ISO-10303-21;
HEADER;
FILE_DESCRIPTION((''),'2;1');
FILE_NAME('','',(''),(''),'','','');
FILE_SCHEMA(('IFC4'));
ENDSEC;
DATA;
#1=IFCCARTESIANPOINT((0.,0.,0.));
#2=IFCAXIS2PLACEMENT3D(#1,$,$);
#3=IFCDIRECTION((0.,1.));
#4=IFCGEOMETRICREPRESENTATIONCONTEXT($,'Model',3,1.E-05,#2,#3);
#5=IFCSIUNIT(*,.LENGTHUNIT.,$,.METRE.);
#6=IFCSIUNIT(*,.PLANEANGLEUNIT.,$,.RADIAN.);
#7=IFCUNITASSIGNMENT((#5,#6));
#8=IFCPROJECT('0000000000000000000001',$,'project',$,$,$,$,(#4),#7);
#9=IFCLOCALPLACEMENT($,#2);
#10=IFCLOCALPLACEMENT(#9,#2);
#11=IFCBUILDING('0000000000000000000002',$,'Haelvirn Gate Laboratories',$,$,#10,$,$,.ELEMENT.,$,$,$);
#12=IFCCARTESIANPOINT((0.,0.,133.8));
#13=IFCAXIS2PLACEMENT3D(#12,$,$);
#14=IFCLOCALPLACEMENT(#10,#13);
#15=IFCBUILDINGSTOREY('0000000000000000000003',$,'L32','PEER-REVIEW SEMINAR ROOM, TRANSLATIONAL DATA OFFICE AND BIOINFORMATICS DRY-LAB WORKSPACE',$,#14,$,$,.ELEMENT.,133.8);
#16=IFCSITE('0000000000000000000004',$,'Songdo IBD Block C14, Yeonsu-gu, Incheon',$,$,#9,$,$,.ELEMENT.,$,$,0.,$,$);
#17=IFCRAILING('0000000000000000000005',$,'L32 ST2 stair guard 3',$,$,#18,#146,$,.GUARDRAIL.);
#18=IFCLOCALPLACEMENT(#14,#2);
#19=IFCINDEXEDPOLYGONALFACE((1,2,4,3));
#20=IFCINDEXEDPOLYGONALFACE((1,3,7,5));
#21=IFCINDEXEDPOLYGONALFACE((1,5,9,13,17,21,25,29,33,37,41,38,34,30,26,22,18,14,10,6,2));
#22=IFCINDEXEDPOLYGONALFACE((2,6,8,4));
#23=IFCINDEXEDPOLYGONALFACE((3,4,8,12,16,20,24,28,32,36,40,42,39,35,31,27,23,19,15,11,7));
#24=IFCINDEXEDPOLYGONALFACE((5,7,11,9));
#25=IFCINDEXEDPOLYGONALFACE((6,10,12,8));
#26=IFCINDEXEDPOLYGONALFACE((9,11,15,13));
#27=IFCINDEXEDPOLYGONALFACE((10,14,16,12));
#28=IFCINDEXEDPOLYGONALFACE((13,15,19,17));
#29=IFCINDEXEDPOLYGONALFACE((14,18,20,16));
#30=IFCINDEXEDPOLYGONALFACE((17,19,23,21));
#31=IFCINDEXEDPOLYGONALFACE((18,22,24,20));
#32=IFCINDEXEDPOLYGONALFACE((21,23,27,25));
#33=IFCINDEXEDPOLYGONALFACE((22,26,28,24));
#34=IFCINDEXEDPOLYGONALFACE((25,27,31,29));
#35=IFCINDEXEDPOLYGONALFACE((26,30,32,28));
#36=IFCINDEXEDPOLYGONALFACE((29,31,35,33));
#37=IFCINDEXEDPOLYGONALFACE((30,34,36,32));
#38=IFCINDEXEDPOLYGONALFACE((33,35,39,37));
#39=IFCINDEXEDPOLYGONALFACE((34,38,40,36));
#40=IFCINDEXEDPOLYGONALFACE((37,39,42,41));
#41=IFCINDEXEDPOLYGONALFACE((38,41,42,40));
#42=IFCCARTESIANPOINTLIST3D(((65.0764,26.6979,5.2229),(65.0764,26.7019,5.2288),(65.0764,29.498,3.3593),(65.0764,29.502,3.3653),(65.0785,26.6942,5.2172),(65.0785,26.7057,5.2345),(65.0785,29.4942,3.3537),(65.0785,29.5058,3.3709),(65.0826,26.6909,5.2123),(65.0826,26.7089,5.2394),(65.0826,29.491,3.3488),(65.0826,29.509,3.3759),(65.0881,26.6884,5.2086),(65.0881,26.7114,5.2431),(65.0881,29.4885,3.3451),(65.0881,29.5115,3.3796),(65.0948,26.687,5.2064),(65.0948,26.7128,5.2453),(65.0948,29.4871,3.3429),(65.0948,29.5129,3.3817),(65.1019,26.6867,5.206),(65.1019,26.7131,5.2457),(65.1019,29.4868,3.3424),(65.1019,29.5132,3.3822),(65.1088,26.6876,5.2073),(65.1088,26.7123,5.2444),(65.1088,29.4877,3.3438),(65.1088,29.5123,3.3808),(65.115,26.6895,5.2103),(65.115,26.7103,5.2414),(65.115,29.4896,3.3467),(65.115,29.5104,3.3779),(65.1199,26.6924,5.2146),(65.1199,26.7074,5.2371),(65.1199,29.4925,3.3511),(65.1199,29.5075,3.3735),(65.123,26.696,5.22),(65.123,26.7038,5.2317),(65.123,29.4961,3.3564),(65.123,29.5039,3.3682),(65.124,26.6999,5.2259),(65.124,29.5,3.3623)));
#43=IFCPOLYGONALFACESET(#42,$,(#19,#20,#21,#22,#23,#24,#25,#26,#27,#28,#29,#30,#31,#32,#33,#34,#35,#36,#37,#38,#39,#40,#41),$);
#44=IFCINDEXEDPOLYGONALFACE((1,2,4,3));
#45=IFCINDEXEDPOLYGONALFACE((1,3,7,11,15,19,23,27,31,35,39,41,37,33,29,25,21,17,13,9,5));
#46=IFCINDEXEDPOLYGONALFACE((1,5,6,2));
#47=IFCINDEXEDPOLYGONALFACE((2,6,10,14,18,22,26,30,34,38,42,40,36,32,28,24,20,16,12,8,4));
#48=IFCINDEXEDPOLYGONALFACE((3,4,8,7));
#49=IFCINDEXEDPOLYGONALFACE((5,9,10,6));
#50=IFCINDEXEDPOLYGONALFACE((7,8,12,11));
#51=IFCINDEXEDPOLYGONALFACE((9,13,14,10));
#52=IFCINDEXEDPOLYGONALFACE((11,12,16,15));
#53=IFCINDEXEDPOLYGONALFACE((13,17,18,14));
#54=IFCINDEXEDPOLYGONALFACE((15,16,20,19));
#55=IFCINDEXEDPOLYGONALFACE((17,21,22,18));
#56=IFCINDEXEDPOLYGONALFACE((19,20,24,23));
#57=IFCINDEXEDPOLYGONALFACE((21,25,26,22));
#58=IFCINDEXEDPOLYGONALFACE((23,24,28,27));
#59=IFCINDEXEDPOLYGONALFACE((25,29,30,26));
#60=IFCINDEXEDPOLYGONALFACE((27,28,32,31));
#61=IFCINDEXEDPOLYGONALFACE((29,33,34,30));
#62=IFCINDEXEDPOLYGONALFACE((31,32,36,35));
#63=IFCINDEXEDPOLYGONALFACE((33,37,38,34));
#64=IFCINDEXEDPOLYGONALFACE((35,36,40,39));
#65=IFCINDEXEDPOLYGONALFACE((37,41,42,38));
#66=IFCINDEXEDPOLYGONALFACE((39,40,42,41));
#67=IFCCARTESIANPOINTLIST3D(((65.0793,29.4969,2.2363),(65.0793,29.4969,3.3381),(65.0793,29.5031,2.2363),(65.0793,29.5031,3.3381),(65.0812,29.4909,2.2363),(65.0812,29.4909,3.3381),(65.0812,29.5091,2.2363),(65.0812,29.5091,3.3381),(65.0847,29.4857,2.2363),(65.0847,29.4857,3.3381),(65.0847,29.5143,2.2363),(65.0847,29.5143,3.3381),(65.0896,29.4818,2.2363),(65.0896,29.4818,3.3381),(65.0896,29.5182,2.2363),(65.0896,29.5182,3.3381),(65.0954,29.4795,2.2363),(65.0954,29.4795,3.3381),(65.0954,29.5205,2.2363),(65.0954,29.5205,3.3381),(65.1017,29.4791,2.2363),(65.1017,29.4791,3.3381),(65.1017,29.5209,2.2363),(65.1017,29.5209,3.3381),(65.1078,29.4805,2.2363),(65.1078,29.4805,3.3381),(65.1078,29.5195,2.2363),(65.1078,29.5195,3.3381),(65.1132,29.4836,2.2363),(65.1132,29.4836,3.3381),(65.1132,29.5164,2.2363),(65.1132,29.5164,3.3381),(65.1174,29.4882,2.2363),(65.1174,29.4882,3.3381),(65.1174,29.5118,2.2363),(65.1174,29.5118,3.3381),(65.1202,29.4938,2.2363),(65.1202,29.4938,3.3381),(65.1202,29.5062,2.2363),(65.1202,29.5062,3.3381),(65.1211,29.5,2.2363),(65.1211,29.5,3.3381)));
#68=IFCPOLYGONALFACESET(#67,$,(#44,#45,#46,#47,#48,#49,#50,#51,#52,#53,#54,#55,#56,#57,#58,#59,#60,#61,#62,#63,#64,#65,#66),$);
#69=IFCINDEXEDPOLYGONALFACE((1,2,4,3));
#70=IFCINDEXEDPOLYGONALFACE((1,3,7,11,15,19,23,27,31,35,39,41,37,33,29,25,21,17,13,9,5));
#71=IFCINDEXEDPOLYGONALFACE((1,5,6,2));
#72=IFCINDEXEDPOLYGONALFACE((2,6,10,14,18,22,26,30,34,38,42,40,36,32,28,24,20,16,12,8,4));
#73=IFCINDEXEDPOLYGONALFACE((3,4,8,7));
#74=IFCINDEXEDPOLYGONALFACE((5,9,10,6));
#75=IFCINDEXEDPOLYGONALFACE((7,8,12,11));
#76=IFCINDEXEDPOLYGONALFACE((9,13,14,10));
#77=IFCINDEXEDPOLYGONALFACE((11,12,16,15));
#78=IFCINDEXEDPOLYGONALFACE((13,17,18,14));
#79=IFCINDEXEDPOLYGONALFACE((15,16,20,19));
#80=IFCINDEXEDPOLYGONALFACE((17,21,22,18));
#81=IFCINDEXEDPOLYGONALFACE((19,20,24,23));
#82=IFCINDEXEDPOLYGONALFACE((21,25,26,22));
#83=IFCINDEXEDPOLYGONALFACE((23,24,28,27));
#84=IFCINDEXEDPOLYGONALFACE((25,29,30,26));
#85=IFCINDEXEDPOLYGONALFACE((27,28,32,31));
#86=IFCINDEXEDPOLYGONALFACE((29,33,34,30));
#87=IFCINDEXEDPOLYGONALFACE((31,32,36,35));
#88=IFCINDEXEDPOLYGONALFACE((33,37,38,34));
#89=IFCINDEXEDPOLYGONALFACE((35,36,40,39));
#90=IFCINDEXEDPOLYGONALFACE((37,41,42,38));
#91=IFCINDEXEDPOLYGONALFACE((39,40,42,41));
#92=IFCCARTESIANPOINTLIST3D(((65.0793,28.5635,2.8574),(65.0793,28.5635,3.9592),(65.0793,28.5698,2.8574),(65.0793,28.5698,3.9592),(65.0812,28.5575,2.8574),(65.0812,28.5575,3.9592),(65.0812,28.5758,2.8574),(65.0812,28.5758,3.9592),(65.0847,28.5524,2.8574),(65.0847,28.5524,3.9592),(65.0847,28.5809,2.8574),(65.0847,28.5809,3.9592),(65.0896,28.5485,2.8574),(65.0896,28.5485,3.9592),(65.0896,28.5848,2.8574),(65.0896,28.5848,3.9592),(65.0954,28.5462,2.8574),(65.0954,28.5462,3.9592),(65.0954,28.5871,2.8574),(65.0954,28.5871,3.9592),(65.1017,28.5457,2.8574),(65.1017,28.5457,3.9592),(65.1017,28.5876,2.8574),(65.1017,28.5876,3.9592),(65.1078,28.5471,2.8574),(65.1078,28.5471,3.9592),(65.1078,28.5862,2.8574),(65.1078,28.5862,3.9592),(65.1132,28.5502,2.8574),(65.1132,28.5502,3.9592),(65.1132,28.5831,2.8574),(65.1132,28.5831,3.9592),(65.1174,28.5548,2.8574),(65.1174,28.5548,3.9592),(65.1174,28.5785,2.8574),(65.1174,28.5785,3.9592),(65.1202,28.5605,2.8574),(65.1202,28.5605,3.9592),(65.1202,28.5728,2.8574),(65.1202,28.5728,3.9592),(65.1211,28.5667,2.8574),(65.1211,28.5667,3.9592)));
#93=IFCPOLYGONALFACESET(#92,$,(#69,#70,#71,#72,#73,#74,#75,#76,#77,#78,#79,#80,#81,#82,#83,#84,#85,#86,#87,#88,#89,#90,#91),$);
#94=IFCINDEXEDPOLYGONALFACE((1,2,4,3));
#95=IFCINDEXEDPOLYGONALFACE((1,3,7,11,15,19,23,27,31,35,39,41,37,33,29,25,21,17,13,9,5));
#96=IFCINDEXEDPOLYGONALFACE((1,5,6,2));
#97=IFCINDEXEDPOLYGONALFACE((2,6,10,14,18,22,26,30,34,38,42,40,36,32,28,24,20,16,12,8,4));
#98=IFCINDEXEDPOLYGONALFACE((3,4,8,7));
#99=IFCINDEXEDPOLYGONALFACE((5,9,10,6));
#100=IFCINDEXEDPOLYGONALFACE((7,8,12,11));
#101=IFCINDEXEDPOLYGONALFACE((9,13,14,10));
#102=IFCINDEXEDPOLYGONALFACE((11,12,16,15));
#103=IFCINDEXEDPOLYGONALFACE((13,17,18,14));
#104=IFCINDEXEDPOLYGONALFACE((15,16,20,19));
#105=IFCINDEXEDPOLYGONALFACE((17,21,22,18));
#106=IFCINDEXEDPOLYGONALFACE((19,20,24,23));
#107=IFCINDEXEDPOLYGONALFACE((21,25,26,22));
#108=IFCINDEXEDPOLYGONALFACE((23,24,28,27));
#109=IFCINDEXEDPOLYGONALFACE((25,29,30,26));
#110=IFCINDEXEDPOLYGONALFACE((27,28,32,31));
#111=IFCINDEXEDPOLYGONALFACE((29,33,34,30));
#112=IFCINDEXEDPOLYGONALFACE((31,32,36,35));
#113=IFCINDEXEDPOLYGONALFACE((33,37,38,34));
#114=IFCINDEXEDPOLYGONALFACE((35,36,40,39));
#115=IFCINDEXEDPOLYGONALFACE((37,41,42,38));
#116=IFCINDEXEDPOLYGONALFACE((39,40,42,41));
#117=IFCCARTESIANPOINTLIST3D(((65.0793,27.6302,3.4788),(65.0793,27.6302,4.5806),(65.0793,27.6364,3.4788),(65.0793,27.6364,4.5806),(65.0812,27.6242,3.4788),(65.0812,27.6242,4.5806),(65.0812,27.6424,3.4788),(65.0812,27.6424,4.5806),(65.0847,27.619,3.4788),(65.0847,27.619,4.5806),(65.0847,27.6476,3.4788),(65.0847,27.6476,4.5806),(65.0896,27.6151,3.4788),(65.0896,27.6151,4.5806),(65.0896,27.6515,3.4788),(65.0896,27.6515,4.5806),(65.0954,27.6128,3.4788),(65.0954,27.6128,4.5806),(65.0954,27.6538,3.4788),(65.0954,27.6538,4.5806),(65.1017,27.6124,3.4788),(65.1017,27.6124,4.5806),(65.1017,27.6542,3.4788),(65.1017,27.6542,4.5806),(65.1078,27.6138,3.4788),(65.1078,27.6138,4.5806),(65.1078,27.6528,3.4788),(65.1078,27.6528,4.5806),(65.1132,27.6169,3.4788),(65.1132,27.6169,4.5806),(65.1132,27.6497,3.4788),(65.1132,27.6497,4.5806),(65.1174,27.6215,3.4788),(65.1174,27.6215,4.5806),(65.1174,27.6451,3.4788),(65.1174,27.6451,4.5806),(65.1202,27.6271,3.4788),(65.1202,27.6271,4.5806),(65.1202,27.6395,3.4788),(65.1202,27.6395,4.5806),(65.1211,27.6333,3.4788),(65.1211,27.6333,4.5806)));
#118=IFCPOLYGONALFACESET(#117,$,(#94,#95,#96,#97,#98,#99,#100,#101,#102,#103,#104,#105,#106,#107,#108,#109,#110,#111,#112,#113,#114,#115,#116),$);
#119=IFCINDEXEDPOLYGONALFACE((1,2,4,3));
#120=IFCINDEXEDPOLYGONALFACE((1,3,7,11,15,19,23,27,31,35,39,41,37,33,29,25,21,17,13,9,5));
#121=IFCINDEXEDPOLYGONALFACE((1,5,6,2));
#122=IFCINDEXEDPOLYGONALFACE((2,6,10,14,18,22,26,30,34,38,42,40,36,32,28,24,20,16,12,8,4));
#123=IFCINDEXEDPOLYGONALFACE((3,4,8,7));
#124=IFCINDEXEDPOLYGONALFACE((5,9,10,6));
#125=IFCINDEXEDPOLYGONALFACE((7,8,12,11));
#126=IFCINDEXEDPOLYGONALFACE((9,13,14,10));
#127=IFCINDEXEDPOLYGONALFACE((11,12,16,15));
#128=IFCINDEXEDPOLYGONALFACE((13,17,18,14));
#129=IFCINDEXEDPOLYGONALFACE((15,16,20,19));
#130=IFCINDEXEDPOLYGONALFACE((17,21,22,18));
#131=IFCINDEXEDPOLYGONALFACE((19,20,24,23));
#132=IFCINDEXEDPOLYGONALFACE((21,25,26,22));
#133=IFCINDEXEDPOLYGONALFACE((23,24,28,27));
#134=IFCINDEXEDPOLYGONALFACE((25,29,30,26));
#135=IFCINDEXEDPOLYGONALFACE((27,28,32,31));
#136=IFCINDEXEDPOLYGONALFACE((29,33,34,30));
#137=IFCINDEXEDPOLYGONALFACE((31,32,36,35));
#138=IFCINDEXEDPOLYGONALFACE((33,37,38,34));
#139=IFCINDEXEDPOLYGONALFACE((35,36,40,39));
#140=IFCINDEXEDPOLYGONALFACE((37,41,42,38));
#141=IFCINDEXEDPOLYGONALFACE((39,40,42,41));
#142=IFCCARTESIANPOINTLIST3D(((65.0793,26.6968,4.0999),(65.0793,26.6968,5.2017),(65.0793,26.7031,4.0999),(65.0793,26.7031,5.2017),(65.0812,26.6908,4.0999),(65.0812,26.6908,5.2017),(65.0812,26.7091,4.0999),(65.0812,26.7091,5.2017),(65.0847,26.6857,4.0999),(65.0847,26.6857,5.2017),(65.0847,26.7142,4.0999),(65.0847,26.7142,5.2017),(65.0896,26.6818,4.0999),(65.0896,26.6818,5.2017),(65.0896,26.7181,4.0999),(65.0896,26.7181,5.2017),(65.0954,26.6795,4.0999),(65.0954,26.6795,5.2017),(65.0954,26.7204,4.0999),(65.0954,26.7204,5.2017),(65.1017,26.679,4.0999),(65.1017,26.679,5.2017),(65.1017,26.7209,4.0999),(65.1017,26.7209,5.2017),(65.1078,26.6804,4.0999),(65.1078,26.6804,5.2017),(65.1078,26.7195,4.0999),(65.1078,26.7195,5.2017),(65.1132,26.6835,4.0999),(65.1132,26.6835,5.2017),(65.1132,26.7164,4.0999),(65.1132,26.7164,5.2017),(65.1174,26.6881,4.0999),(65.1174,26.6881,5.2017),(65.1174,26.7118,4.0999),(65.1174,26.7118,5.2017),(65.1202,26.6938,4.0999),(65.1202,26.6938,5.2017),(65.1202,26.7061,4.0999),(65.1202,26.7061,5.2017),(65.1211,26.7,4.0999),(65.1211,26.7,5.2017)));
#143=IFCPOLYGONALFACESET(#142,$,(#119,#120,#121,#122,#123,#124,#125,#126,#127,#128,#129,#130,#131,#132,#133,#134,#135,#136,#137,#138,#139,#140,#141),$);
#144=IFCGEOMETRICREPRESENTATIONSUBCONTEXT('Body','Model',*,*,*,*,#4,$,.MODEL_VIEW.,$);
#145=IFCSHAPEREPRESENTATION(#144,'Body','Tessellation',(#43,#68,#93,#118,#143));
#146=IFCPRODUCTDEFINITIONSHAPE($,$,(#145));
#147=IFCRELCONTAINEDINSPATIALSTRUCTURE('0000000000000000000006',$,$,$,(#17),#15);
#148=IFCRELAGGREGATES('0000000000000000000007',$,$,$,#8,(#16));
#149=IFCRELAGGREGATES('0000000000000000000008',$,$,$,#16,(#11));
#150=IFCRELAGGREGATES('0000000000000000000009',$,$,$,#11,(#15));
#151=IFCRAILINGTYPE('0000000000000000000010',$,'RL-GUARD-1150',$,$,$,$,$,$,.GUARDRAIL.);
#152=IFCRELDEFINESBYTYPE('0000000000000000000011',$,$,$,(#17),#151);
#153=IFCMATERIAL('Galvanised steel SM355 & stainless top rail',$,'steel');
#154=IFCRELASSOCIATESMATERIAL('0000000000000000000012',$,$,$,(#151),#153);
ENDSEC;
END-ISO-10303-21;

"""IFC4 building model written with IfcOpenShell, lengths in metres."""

from ifc_helpers import new_model, si_unit, direction, frame, origin, origin_2d, place, context, subcontext, project, spatial, circle, extrude, source, transform, mapped, material, type_object, element, save


model = new_model("IFC4")

# Units and contexts
model_context = context("Model", 3, precision=1e-05, world=origin(), true_north=direction((0.0, 1.0)))
body_context = subcontext(model_context, "Body", "Model", "MODEL_VIEW")
ifc_project = project(units=[si_unit("LENGTHUNIT", "METRE"), si_unit("PLANEANGLEUNIT", "RADIAN")], contexts=[model_context])

# Site, building, storey
site_placement = place(None, origin())
site = spatial("IfcSite", under=ifc_project, at=site_placement, Name="Songdo IBD Block C14, Yeonsu-gu, Incheon", CompositionType="ELEMENT", RefElevation=0.0)
building_placement = place(site_placement, origin())
building = spatial("IfcBuilding", under=site, at=building_placement, Name="Haelvirn Gate Laboratories", CompositionType="ELEMENT")
storey_placement = place(building_placement, frame((0.0, 0.0, 133.8)))
storey = spatial("IfcBuildingStorey", under=building, at=storey_placement, Name="L32", Description="PEER-REVIEW SEMINAR ROOM, TRANSLATIONAL DATA OFFICE AND BIOINFORMATICS DRY-LAB WORKSPACE", CompositionType="ELEMENT", Elevation=133.8)

# Railing
ifc_material_1 = material(Name="Galvanised steel SM355 & stainless top rail", Category="steel")
railing_type_1 = type_object("IfcRailingType", Name="RL-GUARD-1150", PredefinedType="GUARDRAIL", material=ifc_material_1)
shared_shape_1 = source(origin(), body_context, "Body", "SweptSolid", [
    extrude(circle(Radius=0.0239, at=origin_2d()), frame((0.0, 0.0, 1.126), z_axis=(0.0, -0.832486, 0.554047), x_axis=(1.0, 0.0, 0.0)), (0.0, 0.0, 1.0), 3.3635),
    extrude(circle(Radius=0.021, at=origin_2d()), origin(), (0.0, 0.0, 1.0), 1.1018),
    extrude(circle(Radius=0.021, at=origin_2d()), frame((0.0, -0.9333, 0.6211)), (0.0, 0.0, 1.0), 1.1018),
    extrude(circle(Radius=0.021, at=origin_2d()), frame((0.0, -1.8667, 1.2424)), (0.0, 0.0, 1.0), 1.1018),
    extrude(circle(Radius=0.021, at=origin_2d()), frame((0.0, -2.8, 1.8635)), (0.0, 0.0, 1.0), 1.1018),
])
railing_1_placement = place(storey_placement, frame((65.1001, 29.5, 2.2363)))
element("IfcRailing", 1, at=railing_1_placement, inside=storey, type_object=railing_type_1, Name="L32 ST2 stair guard 3", PredefinedType="GUARDRAIL", context=body_context, shape_type="MappedRepresentation", body=[
    mapped(shared_shape_1, transform((0.0, 0.0, 0.0), scale=1.0)),
])

save(model, "model.ifc")
